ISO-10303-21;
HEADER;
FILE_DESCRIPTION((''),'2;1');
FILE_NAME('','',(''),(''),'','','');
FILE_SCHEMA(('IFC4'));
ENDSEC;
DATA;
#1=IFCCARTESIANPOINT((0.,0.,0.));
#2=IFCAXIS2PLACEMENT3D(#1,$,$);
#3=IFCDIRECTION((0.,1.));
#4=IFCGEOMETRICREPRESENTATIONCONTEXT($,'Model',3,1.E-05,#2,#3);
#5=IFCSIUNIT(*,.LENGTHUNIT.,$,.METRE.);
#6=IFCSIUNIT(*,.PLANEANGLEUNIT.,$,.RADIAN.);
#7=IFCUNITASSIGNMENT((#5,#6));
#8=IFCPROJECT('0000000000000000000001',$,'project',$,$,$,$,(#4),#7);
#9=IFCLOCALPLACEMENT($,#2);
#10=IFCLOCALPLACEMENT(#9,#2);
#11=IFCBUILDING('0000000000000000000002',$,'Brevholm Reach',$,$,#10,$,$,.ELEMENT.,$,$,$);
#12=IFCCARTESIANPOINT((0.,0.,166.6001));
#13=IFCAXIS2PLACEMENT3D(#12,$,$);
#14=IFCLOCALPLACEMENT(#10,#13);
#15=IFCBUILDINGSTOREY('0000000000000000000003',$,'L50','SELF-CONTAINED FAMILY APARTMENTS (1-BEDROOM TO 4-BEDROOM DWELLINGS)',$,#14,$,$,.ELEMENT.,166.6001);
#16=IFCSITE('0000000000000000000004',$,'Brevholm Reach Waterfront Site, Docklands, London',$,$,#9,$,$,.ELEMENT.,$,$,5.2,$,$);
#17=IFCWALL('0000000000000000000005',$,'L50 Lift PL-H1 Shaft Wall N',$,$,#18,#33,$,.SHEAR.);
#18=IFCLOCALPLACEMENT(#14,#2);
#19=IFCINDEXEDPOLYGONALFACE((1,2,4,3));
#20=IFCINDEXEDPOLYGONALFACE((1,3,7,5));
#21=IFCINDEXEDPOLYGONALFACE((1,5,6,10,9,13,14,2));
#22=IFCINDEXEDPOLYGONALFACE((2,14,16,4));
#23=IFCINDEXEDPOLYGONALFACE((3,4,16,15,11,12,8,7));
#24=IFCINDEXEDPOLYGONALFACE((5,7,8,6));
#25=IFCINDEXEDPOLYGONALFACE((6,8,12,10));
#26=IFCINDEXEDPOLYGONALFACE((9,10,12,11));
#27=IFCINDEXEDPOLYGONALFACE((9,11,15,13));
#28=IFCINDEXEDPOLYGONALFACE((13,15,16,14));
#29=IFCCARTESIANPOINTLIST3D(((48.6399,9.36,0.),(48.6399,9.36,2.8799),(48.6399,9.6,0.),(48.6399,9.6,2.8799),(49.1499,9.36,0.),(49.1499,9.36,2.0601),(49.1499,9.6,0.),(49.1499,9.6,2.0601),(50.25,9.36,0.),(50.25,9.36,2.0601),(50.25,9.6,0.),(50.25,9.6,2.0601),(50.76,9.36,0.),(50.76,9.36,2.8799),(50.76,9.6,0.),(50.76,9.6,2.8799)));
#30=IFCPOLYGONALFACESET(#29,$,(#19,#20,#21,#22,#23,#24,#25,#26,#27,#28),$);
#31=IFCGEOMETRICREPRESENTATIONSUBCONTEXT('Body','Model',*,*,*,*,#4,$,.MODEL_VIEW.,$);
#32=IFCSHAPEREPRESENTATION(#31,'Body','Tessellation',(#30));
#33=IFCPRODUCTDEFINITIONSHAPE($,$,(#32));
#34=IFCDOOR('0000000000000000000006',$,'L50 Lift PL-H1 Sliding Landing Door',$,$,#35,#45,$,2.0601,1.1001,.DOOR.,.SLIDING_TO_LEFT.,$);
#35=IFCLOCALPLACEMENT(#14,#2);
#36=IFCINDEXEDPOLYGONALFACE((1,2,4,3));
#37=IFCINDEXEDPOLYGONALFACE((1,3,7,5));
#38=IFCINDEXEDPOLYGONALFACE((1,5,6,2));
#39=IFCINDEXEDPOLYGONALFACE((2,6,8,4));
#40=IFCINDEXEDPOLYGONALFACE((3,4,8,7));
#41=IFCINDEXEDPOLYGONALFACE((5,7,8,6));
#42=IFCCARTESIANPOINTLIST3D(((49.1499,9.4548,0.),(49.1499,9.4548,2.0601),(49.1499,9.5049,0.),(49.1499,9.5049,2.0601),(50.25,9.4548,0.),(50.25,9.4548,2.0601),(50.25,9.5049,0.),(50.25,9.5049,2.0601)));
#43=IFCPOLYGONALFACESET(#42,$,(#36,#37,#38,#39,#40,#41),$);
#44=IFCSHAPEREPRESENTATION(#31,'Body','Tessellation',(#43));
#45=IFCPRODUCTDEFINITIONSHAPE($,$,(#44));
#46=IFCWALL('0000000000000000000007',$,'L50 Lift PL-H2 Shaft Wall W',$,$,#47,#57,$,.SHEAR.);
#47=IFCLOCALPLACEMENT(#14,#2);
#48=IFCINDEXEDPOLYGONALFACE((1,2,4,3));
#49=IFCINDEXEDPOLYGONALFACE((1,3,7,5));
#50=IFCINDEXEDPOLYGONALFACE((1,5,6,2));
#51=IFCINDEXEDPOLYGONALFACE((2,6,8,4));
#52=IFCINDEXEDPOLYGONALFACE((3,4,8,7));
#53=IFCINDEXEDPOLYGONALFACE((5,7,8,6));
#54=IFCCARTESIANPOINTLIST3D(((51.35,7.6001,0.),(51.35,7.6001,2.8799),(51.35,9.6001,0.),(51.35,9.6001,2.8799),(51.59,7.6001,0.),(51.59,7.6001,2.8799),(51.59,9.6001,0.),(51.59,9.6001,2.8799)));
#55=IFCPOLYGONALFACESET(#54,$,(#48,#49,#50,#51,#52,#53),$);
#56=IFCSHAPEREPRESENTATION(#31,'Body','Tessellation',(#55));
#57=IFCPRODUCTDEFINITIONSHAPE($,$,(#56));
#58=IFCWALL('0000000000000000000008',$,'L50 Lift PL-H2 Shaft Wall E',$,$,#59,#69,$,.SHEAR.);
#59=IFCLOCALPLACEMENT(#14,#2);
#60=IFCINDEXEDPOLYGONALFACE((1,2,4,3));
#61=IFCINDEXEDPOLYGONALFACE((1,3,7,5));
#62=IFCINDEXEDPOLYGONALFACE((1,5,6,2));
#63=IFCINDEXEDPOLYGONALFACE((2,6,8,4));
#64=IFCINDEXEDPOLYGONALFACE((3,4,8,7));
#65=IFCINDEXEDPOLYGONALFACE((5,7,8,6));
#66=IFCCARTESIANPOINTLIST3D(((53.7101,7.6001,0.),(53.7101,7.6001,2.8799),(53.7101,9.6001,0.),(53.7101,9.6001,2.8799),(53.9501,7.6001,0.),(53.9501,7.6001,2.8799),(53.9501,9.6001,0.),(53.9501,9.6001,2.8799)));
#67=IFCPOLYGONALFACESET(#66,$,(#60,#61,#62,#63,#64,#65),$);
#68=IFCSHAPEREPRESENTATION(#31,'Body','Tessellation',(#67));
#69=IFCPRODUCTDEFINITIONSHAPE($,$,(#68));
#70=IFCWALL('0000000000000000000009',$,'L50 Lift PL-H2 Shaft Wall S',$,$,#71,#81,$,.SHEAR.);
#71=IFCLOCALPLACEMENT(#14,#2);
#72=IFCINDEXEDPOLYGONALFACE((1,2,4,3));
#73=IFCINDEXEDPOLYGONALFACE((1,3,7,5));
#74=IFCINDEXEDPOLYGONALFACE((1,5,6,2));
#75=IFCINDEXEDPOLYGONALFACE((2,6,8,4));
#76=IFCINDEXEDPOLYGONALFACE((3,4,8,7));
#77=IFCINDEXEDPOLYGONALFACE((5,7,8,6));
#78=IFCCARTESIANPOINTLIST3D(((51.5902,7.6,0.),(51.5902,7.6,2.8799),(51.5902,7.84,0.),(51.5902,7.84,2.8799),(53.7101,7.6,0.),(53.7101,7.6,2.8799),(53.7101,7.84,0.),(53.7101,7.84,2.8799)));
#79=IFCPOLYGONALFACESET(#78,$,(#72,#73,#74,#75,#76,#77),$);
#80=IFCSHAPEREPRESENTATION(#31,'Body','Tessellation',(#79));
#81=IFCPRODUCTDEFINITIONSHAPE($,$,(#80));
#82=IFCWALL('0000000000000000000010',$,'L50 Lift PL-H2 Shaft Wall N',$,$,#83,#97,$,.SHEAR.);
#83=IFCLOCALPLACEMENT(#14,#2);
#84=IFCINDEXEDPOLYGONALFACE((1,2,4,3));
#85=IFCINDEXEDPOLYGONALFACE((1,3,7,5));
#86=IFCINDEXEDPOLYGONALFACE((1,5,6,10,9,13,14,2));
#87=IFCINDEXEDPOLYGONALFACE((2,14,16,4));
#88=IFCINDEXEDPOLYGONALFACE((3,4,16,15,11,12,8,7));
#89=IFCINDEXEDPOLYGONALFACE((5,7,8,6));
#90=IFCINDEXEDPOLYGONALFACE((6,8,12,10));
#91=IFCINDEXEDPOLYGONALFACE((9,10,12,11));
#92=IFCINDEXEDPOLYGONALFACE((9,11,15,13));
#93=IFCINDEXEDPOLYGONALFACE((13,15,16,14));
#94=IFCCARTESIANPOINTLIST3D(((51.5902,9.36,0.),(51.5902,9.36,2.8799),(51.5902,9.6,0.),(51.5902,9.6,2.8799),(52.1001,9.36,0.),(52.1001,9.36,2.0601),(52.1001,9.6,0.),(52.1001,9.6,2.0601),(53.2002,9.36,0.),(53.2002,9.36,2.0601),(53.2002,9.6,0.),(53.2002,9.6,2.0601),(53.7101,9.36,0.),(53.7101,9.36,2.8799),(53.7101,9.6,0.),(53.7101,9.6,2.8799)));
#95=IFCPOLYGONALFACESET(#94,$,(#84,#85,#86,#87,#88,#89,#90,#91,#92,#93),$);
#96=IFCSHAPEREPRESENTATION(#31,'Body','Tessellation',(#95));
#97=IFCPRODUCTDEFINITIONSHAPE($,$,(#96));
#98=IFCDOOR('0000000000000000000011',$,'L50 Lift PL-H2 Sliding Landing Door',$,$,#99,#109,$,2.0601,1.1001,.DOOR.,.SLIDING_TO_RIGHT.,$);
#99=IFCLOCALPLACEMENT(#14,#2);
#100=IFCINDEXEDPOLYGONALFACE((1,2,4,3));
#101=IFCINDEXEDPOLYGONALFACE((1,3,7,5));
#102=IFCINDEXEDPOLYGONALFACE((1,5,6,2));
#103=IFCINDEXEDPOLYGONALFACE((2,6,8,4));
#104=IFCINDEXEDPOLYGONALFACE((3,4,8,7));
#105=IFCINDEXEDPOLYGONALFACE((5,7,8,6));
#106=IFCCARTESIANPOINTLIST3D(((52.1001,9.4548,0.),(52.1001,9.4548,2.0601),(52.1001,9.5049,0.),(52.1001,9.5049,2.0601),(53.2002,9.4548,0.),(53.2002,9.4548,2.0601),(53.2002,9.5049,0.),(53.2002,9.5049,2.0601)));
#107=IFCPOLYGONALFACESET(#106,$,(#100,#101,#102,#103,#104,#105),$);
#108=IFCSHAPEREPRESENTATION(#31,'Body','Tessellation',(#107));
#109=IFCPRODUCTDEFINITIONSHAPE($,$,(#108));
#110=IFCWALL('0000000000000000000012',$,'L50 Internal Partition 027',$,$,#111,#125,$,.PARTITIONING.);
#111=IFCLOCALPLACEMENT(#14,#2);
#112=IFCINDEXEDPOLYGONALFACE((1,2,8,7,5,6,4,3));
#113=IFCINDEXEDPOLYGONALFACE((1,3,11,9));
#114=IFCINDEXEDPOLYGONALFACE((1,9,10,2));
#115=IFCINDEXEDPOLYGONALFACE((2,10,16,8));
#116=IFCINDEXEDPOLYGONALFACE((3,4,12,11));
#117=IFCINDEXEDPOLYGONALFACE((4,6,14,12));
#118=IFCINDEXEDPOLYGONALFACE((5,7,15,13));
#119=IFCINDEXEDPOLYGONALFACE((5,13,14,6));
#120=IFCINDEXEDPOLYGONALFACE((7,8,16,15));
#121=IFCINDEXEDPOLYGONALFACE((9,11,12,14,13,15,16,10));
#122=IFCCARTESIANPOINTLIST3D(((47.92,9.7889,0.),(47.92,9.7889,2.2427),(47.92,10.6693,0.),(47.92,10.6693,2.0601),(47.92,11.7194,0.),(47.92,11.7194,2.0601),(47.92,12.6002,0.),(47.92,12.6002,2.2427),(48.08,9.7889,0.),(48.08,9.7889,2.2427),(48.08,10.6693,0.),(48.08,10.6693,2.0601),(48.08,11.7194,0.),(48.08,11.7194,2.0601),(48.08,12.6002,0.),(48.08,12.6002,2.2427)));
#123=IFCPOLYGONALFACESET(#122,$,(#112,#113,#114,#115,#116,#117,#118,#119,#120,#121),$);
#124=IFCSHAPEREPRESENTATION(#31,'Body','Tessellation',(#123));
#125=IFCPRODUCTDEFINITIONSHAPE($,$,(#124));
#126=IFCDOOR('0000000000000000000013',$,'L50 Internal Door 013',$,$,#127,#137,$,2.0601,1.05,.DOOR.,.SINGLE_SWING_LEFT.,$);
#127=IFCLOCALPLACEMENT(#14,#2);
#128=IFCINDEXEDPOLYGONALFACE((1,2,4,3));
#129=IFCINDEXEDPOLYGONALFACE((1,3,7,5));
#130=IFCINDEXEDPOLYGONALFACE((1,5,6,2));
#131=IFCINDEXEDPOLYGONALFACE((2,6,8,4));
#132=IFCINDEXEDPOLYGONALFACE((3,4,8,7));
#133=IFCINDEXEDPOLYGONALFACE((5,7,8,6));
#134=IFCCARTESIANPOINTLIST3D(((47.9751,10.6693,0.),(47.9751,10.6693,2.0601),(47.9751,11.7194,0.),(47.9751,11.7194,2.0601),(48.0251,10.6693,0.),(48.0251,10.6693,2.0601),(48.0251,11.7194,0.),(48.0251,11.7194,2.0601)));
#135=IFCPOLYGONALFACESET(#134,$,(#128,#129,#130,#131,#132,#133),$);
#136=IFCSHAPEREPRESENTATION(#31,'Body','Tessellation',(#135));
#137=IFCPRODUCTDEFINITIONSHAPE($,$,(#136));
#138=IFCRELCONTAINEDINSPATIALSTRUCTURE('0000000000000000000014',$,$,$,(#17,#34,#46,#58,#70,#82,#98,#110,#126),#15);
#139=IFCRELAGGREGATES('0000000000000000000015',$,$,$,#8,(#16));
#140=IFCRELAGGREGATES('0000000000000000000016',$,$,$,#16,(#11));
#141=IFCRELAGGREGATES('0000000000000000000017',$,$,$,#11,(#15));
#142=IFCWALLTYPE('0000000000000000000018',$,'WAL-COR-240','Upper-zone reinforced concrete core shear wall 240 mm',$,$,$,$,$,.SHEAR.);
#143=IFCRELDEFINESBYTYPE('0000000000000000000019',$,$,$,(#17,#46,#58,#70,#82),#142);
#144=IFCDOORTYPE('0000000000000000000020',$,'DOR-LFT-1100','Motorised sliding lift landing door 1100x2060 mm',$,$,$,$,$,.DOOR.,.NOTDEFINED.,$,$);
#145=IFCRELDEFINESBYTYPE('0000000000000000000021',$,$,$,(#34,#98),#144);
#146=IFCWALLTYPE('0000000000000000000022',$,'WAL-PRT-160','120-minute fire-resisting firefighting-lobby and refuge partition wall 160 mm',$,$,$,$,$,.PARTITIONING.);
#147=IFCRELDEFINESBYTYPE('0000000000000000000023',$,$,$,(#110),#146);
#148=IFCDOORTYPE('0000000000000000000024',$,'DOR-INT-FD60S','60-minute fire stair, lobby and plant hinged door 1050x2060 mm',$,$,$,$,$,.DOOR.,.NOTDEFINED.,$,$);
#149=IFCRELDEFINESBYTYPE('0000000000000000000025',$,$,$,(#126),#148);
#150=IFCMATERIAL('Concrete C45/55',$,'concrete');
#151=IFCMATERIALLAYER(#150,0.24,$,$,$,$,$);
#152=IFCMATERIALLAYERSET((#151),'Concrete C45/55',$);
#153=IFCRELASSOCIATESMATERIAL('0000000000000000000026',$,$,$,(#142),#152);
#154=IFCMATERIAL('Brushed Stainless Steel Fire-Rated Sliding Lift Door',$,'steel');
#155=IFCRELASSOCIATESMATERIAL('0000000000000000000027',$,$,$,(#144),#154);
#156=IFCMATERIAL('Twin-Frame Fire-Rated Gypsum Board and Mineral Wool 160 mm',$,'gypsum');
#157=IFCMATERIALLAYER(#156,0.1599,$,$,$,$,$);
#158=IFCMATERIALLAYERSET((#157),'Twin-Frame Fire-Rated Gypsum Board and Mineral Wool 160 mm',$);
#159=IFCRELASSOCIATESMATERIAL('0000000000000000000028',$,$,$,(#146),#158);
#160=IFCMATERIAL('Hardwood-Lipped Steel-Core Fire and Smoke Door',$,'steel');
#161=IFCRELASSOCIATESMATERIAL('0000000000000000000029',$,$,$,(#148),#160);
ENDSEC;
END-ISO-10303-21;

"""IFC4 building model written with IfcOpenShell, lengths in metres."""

from ifc_helpers import new_model, si_unit, direction, frame, frame_2d, origin, place, context, subcontext, project, spatial, rectangle, extrude, material, layer, layer_set, type_object, element, fill, save


model = new_model("IFC4")

# Units and contexts
model_context = context("Model", 3, precision=1e-05, world=origin(), true_north=direction((0.0, 1.0)))
body_context = subcontext(model_context, "Body", "Model", "MODEL_VIEW")
ifc_project = project(units=[si_unit("LENGTHUNIT", "METRE"), si_unit("PLANEANGLEUNIT", "RADIAN")], contexts=[model_context])

# Site, building, storey
site_placement = place(None, origin())
site = spatial("IfcSite", under=ifc_project, at=site_placement, Name="Brevholm Reach Waterfront Site, Docklands, London", CompositionType="ELEMENT", RefElevation=5.2)
building_placement = place(site_placement, origin())
building = spatial("IfcBuilding", under=site, at=building_placement, Name="Brevholm Reach", CompositionType="ELEMENT")
storey_placement = place(building_placement, frame((0.0, 0.0, 166.6001)))
storey = spatial("IfcBuildingStorey", under=building, at=storey_placement, Name="L50", Description="SELF-CONTAINED FAMILY APARTMENTS (1-BEDROOM TO 4-BEDROOM DWELLINGS)", CompositionType="ELEMENT", Elevation=166.6001)

# Shared definitions
ifc_material_1 = material(Name="Concrete C45/55", Category="concrete")
ifc_layer_1 = layer(ifc_material_1, 0.24)
ifc_layer_set_1 = layer_set([ifc_layer_1], Name="Concrete C45/55")
wall_type_1 = type_object("IfcWallType", Name="WAL-COR-240", Description="Upper-zone reinforced concrete core shear wall 240 mm", PredefinedType="SHEAR", material=ifc_layer_set_1)

# Wall, opening, door
wall_1_placement = place(storey_placement, frame((48.6399, 9.48, 0.0), z_axis=(0.0, 0.0, 1.0), x_axis=(1.0, 0.0, 0.0)))
wall_1 = element("IfcWall", 1, at=wall_1_placement, inside=storey, type_object=wall_type_1, Name="L50 Lift PL-H1 Shaft Wall N", PredefinedType="SHEAR", context=body_context, shape_type="SweptSolid", body=[
    extrude(rectangle(XDim=2.1201, YDim=0.24, at=frame_2d((1.0601, 0.0))), origin(), (0.0, 0.0, 1.0), 2.8799),
])
opening_1_placement = place(wall_1_placement, frame((0.51, 0.0, 0.0)))
opening_1 = element("IfcOpeningElement", 2, at=opening_1_placement, cuts=wall_1, PredefinedType="OPENING", context=body_context, shape_type="SweptSolid", body=[
    extrude(rectangle(XDim=1.1001, YDim=2.0601, at=frame_2d((0.55, 1.03))), frame((0.0, 0.1299, 0.0), z_axis=(0.0, -1.0, 0.0), x_axis=(1.0, 0.0, 0.0)), (0.0, 0.0, 1.0), 0.26),
])
ifc_material_2 = material(Name="Brushed Stainless Steel Fire-Rated Sliding Lift Door", Category="steel")
door_type_1 = type_object("IfcDoorType", Name="DOR-LFT-1100", Description="Motorised sliding lift landing door 1100x2060 mm", OperationType="NOTDEFINED", PredefinedType="DOOR", material=ifc_material_2)
door_1_placement = place(opening_1_placement, origin())
door_1 = element("IfcDoor", 3, at=door_1_placement, inside=storey, type_object=door_type_1, Name="L50 Lift PL-H1 Sliding Landing Door", OperationType="SLIDING_TO_LEFT", OverallHeight=2.0601, OverallWidth=1.1001, PredefinedType="DOOR", context=body_context, shape_type="SweptSolid", body=[
    extrude(rectangle(XDim=1.1001, YDim=2.0601, at=frame_2d((0.55, 1.03))), frame((0.0, 0.0249, 0.0), z_axis=(0.0, -1.0, 0.0), x_axis=(1.0, 0.0, 0.0)), (0.0, 0.0, 1.0), 0.05),
])
fill(opening_1, door_1)

# Walls
for number, where, z_axis, x_axis, name in (
    (4, (51.47, 7.6001, 0.0), (0.0, 0.0, 1.0), (0.0, 1.0, 0.0), "L50 Lift PL-H2 Shaft Wall W"),
    (5, (53.8301, 7.6001, 0.0), (0.0, 0.0, 1.0), (0.0, 1.0, 0.0), "L50 Lift PL-H2 Shaft Wall E"),
):
    element("IfcWall", number, at=place(storey_placement, frame(where, z_axis=z_axis, x_axis=x_axis)), inside=storey, type_object=wall_type_1, Name=name, PredefinedType="SHEAR", context=body_context, shape_type="SweptSolid", body=[
        extrude(rectangle(XDim=2.0, YDim=0.24, at=frame_2d((1.0, 0.0))), origin(), (0.0, 0.0, 1.0), 2.8799),
    ])
wall_2_placement = place(storey_placement, frame((51.5901, 7.72, 0.0), z_axis=(0.0, 0.0, 1.0), x_axis=(1.0, 0.0, 0.0)))
element("IfcWall", 6, at=wall_2_placement, inside=storey, type_object=wall_type_1, Name="L50 Lift PL-H2 Shaft Wall S", PredefinedType="SHEAR", context=body_context, shape_type="SweptSolid", body=[
    extrude(rectangle(XDim=2.1199, YDim=0.24, at=frame_2d((1.0601, 0.0))), origin(), (0.0, 0.0, 1.0), 2.8799),
])

# Walls, openings, doors
wall_3_placement = place(storey_placement, frame((51.5901, 9.48, 0.0), z_axis=(0.0, 0.0, 1.0), x_axis=(1.0, 0.0, 0.0)))
wall_3 = element("IfcWall", 7, at=wall_3_placement, inside=storey, type_object=wall_type_1, Name="L50 Lift PL-H2 Shaft Wall N", PredefinedType="SHEAR", context=body_context, shape_type="SweptSolid", body=[
    extrude(rectangle(XDim=2.1199, YDim=0.24, at=frame_2d((1.0601, 0.0))), origin(), (0.0, 0.0, 1.0), 2.8799),
])
opening_2_placement = place(wall_3_placement, frame((0.51, 0.0, 0.0)))
opening_2 = element("IfcOpeningElement", 8, at=opening_2_placement, cuts=wall_3, PredefinedType="OPENING", context=body_context, shape_type="SweptSolid", body=[
    extrude(rectangle(XDim=1.1001, YDim=2.0601, at=frame_2d((0.55, 1.03))), frame((0.0, 0.1299, 0.0), z_axis=(0.0, -1.0, 0.0), x_axis=(1.0, 0.0, 0.0)), (0.0, 0.0, 1.0), 0.26),
])
door_2_placement = place(opening_2_placement, origin())
door_2 = element("IfcDoor", 9, at=door_2_placement, inside=storey, type_object=door_type_1, Name="L50 Lift PL-H2 Sliding Landing Door", OperationType="SLIDING_TO_RIGHT", OverallHeight=2.0601, OverallWidth=1.1001, PredefinedType="DOOR", context=body_context, shape_type="SweptSolid", body=[
    extrude(rectangle(XDim=1.1001, YDim=2.0601, at=frame_2d((0.55, 1.03))), frame((0.0, 0.0249, 0.0), z_axis=(0.0, -1.0, 0.0), x_axis=(1.0, 0.0, 0.0)), (0.0, 0.0, 1.0), 0.05),
])
fill(opening_2, door_2)
ifc_material_3 = material(Name="Twin-Frame Fire-Rated Gypsum Board and Mineral Wool 160 mm", Category="gypsum")
ifc_layer_2 = layer(ifc_material_3, 0.1599)
ifc_layer_set_2 = layer_set([ifc_layer_2], Name="Twin-Frame Fire-Rated Gypsum Board and Mineral Wool 160 mm")
wall_type_2 = type_object("IfcWallType", Name="WAL-PRT-160", Description="120-minute fire-resisting firefighting-lobby and refuge partition wall 160 mm", PredefinedType="PARTITIONING", material=ifc_layer_set_2)
wall_4_placement = place(storey_placement, frame((48.0, 9.7888, 0.0), z_axis=(0.0, 0.0, 1.0), x_axis=(0.0, 1.0, 0.0)))
wall_4 = element("IfcWall", 10, at=wall_4_placement, inside=storey, type_object=wall_type_2, Name="L50 Internal Partition 027", PredefinedType="PARTITIONING", context=body_context, shape_type="SweptSolid", body=[
    extrude(rectangle(XDim=2.8113, YDim=0.1599, at=frame_2d((1.4058, 0.0))), origin(), (0.0, 0.0, 1.0), 2.2427),
])
opening_3_placement = place(wall_4_placement, frame((0.8806, 0.0, 0.0)))
opening_3 = element("IfcOpeningElement", 11, at=opening_3_placement, cuts=wall_4, PredefinedType="OPENING", context=body_context, shape_type="SweptSolid", body=[
    extrude(rectangle(XDim=1.05, YDim=2.0601, at=frame_2d((0.5249, 1.03))), frame((0.0, 0.0898, 0.0), z_axis=(0.0, -1.0, 0.0), x_axis=(1.0, 0.0, 0.0)), (0.0, 0.0, 1.0), 0.1799),
])
ifc_material_4 = material(Name="Hardwood-Lipped Steel-Core Fire and Smoke Door", Category="steel")
door_type_2 = type_object("IfcDoorType", Name="DOR-INT-FD60S", Description="60-minute fire stair, lobby and plant hinged door 1050x2060 mm", OperationType="NOTDEFINED", PredefinedType="DOOR", material=ifc_material_4)
door_3_placement = place(opening_3_placement, origin())
door_3 = element("IfcDoor", 12, at=door_3_placement, inside=storey, type_object=door_type_2, Name="L50 Internal Door 013", OperationType="SINGLE_SWING_LEFT", OverallHeight=2.0601, OverallWidth=1.05, PredefinedType="DOOR", context=body_context, shape_type="SweptSolid", body=[
    extrude(rectangle(XDim=1.05, YDim=2.0601, at=frame_2d((0.5249, 1.03))), frame((0.0, 0.0249, 0.0), z_axis=(0.0, -1.0, 0.0), x_axis=(1.0, 0.0, 0.0)), (0.0, 0.0, 1.0), 0.05),
])
fill(opening_3, door_3)

save(model, "model.ifc")
